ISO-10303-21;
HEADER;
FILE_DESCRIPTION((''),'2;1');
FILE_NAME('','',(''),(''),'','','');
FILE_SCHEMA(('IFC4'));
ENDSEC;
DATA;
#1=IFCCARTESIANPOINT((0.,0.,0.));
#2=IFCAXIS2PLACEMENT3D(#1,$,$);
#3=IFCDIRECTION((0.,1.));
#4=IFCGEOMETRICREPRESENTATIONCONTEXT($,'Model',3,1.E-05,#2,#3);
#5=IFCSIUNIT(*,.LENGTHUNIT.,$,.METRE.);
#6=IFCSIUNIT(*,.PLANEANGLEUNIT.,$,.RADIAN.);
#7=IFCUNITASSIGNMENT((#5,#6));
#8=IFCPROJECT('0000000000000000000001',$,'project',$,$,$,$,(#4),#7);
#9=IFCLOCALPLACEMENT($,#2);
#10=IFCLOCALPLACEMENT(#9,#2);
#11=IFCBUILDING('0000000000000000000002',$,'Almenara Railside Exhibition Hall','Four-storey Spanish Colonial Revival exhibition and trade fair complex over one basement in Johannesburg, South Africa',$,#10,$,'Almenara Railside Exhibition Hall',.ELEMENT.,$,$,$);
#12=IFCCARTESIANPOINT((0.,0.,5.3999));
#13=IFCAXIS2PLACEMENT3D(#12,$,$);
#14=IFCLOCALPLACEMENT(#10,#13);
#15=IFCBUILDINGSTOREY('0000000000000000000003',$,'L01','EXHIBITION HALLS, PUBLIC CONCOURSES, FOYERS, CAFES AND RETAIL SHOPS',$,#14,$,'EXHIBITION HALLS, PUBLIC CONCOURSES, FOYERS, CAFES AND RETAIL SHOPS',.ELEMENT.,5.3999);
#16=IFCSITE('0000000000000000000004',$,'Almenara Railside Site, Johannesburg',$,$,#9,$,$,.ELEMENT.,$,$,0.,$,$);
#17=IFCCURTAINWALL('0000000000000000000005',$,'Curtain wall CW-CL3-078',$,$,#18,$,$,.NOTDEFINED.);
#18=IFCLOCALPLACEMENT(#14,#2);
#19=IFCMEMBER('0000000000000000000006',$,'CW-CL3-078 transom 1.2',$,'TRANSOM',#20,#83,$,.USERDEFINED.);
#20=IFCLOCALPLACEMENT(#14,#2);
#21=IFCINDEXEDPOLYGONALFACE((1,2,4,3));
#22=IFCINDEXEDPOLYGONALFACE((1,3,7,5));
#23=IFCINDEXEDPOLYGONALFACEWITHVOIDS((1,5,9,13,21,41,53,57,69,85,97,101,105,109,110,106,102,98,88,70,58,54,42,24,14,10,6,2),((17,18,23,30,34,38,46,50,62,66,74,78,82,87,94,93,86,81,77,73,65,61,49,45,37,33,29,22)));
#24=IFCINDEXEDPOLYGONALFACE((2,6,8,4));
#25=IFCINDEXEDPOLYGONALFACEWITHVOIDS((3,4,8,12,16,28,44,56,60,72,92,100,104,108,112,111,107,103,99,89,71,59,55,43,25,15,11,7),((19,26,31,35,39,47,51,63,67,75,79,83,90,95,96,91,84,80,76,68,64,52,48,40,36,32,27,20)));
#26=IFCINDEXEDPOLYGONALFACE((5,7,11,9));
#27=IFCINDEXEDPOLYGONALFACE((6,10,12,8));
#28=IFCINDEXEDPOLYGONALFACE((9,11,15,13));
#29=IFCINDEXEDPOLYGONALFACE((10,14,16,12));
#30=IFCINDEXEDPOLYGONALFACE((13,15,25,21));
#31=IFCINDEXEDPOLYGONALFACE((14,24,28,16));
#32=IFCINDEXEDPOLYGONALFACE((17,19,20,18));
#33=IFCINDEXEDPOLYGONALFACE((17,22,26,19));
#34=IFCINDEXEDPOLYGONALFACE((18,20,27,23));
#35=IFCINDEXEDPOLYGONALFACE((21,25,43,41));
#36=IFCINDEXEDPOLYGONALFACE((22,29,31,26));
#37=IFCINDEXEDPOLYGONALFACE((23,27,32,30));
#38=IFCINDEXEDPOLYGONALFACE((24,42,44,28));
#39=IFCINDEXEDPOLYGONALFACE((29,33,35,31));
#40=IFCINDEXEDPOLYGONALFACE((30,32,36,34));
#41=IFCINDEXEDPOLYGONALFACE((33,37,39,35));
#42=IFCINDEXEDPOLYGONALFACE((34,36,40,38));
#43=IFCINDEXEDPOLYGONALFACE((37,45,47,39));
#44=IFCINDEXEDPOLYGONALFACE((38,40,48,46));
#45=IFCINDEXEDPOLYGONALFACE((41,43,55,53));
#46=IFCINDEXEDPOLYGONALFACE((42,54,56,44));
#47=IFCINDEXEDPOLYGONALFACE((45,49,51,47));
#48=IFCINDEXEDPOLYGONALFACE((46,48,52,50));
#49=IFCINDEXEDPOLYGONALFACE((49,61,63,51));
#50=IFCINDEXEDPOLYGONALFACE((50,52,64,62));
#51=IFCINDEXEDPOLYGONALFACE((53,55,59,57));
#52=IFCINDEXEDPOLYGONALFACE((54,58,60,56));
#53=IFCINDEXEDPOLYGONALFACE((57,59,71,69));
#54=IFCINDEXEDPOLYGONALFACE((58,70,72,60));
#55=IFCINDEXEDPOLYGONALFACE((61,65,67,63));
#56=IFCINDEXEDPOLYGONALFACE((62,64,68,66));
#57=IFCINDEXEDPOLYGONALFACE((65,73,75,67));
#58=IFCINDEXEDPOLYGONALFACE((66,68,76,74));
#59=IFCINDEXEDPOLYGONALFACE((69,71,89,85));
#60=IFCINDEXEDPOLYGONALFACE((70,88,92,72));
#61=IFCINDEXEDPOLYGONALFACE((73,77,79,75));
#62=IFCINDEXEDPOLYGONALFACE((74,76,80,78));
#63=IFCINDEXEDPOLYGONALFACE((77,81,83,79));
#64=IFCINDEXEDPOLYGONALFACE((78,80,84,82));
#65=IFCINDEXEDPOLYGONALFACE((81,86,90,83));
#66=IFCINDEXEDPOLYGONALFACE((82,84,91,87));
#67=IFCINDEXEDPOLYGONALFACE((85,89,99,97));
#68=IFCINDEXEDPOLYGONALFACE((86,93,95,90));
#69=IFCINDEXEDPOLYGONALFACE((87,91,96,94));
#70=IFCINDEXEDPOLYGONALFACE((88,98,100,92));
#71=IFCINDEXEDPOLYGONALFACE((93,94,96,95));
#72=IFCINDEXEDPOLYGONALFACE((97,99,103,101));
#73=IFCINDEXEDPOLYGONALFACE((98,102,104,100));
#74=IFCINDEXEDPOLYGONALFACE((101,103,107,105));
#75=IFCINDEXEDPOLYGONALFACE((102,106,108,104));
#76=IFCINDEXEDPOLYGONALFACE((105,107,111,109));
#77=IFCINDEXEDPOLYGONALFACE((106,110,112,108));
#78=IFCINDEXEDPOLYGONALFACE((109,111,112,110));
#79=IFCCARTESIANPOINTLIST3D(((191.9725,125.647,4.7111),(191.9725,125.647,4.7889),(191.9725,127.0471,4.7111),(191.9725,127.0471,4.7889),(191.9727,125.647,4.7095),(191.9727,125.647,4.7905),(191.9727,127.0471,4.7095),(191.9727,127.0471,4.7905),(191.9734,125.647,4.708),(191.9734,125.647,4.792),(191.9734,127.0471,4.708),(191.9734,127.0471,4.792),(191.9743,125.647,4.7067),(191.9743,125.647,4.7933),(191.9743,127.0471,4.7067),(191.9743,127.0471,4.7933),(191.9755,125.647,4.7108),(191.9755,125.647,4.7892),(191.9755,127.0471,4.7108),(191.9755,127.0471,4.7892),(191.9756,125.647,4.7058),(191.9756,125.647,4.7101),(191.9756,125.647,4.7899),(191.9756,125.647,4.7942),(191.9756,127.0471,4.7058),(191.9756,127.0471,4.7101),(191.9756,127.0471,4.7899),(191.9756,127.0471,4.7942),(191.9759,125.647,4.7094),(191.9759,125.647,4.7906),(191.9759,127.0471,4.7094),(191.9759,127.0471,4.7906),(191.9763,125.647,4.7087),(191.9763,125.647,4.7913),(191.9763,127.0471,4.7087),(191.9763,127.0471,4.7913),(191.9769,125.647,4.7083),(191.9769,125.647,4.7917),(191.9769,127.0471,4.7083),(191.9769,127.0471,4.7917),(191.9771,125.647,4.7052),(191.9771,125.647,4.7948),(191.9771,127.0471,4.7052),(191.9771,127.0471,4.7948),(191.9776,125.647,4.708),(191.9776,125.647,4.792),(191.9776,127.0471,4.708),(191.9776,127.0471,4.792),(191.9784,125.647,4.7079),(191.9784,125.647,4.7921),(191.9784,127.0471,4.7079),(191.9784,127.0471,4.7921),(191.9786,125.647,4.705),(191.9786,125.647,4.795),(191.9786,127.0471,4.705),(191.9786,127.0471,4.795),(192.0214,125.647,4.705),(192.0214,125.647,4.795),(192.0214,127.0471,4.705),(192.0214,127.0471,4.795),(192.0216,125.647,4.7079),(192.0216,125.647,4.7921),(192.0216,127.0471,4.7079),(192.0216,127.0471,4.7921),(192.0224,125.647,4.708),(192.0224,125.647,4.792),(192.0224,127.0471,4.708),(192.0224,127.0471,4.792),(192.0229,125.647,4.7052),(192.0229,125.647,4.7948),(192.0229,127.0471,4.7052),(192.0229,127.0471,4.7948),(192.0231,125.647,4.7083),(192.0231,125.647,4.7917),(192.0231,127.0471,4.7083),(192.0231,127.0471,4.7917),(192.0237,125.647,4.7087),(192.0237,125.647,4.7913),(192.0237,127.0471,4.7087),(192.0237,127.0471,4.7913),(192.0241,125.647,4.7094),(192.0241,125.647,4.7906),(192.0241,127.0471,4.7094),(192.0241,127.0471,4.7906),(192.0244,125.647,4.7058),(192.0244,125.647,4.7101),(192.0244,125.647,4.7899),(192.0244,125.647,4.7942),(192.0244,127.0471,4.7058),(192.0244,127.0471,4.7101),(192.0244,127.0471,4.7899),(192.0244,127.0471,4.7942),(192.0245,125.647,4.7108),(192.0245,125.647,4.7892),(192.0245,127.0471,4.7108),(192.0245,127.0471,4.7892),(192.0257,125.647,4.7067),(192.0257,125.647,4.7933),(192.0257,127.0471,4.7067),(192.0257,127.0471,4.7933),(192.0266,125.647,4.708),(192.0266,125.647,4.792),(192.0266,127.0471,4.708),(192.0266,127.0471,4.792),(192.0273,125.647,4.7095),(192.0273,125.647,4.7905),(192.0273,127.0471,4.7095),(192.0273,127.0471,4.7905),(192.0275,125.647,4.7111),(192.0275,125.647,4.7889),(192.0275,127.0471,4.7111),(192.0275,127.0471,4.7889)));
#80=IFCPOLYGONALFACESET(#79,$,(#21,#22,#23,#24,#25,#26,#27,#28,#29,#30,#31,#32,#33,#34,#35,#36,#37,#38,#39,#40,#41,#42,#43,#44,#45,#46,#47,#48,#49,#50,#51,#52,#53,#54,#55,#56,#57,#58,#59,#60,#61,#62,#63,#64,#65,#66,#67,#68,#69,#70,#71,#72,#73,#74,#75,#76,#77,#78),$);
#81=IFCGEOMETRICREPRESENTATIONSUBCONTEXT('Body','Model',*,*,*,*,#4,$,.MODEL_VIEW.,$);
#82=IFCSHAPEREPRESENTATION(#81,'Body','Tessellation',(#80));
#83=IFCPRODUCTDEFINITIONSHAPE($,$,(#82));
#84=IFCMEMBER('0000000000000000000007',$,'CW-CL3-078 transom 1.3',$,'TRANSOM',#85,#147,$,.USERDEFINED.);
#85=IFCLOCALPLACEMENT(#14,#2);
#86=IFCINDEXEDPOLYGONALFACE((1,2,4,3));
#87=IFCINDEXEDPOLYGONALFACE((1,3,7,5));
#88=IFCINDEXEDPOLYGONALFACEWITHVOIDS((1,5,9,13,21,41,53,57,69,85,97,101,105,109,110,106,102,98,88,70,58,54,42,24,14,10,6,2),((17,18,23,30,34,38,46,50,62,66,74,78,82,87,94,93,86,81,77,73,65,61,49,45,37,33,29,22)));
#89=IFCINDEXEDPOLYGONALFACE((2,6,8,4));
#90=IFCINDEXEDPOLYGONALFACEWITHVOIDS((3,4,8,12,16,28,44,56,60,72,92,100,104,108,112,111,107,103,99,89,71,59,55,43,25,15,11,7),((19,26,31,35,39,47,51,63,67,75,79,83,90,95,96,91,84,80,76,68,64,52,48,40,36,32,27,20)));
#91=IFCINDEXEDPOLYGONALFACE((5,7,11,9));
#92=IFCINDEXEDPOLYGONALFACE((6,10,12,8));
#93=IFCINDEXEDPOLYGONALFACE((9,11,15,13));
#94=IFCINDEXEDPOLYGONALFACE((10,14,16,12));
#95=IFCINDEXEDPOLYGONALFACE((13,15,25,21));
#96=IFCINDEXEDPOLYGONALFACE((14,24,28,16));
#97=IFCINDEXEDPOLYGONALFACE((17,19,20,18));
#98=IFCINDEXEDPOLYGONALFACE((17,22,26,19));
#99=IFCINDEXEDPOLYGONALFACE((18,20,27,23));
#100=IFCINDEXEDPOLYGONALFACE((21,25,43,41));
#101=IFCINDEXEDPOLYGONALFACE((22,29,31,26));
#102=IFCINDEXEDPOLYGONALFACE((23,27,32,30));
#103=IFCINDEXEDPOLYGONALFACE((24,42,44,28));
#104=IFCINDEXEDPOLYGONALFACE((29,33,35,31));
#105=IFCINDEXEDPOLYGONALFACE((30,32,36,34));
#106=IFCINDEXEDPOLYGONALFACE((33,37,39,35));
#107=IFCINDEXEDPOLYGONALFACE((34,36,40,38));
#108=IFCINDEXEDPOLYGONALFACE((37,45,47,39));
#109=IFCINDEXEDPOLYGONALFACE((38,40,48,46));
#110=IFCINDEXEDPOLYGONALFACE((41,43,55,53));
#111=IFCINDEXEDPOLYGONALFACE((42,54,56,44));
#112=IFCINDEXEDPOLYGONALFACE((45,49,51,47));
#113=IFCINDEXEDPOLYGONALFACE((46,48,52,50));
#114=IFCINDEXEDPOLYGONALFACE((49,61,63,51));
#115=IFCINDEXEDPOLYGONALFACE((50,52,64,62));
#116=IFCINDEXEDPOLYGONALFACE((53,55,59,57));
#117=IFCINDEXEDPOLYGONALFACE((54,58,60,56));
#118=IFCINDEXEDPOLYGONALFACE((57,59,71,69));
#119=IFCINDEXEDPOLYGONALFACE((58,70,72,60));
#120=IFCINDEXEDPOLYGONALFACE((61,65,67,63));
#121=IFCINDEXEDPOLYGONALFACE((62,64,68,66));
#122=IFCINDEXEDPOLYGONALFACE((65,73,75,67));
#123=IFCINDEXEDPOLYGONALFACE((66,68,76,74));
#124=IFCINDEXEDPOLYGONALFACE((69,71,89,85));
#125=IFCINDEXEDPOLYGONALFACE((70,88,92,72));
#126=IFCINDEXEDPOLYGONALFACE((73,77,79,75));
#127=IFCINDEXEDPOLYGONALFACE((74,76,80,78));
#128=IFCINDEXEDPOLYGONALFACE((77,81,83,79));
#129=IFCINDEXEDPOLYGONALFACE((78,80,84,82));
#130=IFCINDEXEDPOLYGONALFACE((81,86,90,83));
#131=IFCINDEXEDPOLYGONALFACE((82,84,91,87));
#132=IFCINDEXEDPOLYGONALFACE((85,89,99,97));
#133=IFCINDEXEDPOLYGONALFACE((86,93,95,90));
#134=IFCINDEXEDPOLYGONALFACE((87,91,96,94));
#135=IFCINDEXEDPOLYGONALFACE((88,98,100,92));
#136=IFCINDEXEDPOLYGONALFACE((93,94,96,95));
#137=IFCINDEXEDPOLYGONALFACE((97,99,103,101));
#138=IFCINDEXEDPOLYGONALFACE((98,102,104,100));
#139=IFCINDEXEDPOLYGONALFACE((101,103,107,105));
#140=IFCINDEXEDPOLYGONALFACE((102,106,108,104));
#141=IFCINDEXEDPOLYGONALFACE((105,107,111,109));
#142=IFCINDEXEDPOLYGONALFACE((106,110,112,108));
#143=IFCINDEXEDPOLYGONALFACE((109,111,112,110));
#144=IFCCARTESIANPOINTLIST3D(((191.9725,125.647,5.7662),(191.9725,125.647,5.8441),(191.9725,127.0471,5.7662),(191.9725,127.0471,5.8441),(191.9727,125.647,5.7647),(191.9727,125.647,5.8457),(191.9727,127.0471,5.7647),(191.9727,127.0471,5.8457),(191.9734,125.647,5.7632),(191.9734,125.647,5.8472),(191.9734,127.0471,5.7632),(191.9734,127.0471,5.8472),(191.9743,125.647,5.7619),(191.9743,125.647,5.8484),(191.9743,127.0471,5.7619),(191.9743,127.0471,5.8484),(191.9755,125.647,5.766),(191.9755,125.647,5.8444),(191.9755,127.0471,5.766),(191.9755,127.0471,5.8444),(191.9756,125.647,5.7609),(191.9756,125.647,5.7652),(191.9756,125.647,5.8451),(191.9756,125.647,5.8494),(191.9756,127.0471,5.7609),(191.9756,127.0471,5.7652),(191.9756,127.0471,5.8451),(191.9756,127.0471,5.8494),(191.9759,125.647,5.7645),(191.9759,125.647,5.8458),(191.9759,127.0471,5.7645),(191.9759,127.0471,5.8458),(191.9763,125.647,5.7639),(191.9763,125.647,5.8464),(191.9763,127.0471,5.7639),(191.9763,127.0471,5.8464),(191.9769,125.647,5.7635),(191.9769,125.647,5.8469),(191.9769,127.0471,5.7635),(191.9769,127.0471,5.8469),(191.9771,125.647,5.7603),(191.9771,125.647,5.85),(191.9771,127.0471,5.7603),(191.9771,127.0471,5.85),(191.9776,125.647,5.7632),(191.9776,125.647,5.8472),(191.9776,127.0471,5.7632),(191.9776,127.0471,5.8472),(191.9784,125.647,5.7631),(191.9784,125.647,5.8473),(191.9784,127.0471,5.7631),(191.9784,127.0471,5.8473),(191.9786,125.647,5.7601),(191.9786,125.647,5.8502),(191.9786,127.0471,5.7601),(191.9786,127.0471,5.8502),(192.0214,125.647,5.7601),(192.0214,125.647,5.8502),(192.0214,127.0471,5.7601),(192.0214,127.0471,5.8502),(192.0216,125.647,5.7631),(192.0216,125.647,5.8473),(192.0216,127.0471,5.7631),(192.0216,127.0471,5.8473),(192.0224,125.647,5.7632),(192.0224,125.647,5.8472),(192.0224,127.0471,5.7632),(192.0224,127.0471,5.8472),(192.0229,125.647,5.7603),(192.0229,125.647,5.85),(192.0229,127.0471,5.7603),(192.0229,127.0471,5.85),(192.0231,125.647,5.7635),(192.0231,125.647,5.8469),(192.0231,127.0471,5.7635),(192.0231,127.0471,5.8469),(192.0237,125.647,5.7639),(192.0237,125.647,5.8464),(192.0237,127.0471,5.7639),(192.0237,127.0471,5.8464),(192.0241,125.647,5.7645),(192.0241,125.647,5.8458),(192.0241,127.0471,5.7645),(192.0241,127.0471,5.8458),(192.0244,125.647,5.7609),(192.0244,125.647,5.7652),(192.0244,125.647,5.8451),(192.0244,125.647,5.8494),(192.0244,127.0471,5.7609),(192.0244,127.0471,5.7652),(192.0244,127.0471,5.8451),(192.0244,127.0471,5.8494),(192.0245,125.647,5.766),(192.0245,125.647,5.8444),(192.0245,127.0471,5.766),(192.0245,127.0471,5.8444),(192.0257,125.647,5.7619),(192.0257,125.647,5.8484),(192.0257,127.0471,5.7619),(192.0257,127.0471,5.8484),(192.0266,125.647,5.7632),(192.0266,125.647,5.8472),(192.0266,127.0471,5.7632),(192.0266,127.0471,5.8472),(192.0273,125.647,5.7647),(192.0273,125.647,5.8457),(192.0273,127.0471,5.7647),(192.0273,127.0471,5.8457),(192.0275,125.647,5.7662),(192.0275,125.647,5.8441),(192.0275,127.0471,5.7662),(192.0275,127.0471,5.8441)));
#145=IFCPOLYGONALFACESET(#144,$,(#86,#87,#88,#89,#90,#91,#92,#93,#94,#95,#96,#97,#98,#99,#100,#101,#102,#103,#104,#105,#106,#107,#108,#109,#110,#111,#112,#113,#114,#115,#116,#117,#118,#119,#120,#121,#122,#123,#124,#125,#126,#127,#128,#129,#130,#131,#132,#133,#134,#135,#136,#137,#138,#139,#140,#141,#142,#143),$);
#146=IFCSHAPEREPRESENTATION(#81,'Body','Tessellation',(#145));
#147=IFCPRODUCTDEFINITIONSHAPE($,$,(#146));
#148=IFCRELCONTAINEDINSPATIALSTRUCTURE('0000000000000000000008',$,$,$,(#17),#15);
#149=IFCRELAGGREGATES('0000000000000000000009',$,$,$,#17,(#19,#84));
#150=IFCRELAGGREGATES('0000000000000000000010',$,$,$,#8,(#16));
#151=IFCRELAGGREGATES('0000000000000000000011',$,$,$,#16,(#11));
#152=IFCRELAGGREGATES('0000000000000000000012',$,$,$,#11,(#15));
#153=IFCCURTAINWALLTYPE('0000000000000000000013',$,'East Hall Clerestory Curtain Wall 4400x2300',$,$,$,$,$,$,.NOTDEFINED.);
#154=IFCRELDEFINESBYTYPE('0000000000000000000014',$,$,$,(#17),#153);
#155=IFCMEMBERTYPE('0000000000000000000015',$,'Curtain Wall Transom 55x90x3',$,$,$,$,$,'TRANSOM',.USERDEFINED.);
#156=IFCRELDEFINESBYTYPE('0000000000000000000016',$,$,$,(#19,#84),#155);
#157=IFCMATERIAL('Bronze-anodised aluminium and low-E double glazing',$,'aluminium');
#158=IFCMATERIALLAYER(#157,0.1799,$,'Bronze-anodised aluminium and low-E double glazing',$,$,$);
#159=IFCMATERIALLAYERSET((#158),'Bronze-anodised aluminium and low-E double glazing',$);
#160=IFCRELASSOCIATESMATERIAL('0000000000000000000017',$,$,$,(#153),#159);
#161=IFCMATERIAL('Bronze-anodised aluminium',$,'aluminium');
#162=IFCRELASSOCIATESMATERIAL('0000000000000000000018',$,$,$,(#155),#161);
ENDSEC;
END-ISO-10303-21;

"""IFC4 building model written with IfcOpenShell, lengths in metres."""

from ifc_helpers import new_model, si_unit, direction, frame, origin, origin_2d, place, context, subcontext, project, spatial, hollow_rectangle, extrude, material, layer, layer_set, material_profile, profile_set, type_object, element, aggregate, save


model = new_model("IFC4")

# Units and contexts
model_context = context("Model", 3, precision=1e-05, world=origin(), true_north=direction((0.0, 1.0)))
body_context = subcontext(model_context, "Body", "Model", "MODEL_VIEW")
ifc_project = project(units=[si_unit("LENGTHUNIT", "METRE"), si_unit("PLANEANGLEUNIT", "RADIAN")], contexts=[model_context])

# Site, building, storey
site_placement = place(None, origin())
site = spatial("IfcSite", under=ifc_project, at=site_placement, Name="Almenara Railside Site, Johannesburg", CompositionType="ELEMENT", RefElevation=0.0)
building_placement = place(site_placement, origin())
building = spatial("IfcBuilding", under=site, at=building_placement, Name="Almenara Railside Exhibition Hall", Description="Four-storey Spanish Colonial Revival exhibition and trade fair complex over one basement in Johannesburg, South Africa", LongName="Almenara Railside Exhibition Hall", CompositionType="ELEMENT")
storey_placement = place(building_placement, frame((0.0, 0.0, 5.3999)))
storey = spatial("IfcBuildingStorey", under=building, at=storey_placement, Name="L01", Description="EXHIBITION HALLS, PUBLIC CONCOURSES, FOYERS, CAFES AND RETAIL SHOPS", LongName="EXHIBITION HALLS, PUBLIC CONCOURSES, FOYERS, CAFES AND RETAIL SHOPS", CompositionType="ELEMENT", Elevation=5.3999)

# Curtain wall
ifc_material_1 = material(Name="Bronze-anodised aluminium and low-E double glazing", Category="aluminium")
ifc_layer_1 = layer(ifc_material_1, 0.1799, Name="Bronze-anodised aluminium and low-E double glazing")
ifc_layer_set_1 = layer_set([ifc_layer_1], Name="Bronze-anodised aluminium and low-E double glazing")
curtain_wall_type = type_object("IfcCurtainWallType", Name="East Hall Clerestory Curtain Wall 4400x2300", PredefinedType="NOTDEFINED", material=ifc_layer_set_1)
curtain_wall_1_placement = place(storey_placement, origin())
curtain_wall_1 = element("IfcCurtainWall", 1, at=curtain_wall_1_placement, inside=storey, type_object=curtain_wall_type, Name="Curtain wall CW-CL3-078", PredefinedType="NOTDEFINED")
ifc_material_2 = material(Name="Bronze-anodised aluminium", Category="aluminium")

# Members
ifc_material_profile_1 = material_profile(ifc_material_2, hollow_rectangle(XDim=0.0549, YDim=0.0901, WallThickness=0.0029, InnerFilletRadius=0.0029, OuterFilletRadius=0.0061, at=origin_2d()), Name="ALU-TRN 55x90x3")
ifc_profile_set_1 = profile_set([ifc_material_profile_1], Name="Bronze-anodised aluminium")
member_type_1 = type_object("IfcMemberType", Name="Curtain Wall Transom 55x90x3", ElementType="TRANSOM", PredefinedType="USERDEFINED", material=ifc_profile_set_1)
member_1_placement = place(storey_placement, frame((192.0, 125.647, 4.75), z_axis=(0.0, 1.0, 0.0), x_axis=(-1.0, 0.0, 0.0)))
member_1 = element("IfcMember", 2, at=member_1_placement, type_object=member_type_1, Name="CW-CL3-078 transom 1.2", ObjectType="TRANSOM", PredefinedType="USERDEFINED", context=body_context, shape_type="SweptSolid", body=[
    extrude(hollow_rectangle(XDim=0.0549, YDim=0.0901, WallThickness=0.0029, InnerFilletRadius=0.0029, OuterFilletRadius=0.0061, at=origin_2d()), origin(), (0.0, 0.0, 1.0), 1.4001),
])
member_2_placement = place(storey_placement, frame((192.0, 125.647, 5.8052), z_axis=(0.0, 1.0, 0.0), x_axis=(-1.0, 0.0, 0.0)))
member_2 = element("IfcMember", 3, at=member_2_placement, type_object=member_type_1, Name="CW-CL3-078 transom 1.3", ObjectType="TRANSOM", PredefinedType="USERDEFINED", context=body_context, shape_type="SweptSolid", body=[
    extrude(hollow_rectangle(XDim=0.0549, YDim=0.0901, WallThickness=0.0029, InnerFilletRadius=0.0029, OuterFilletRadius=0.0061, at=origin_2d()), origin(), (0.0, 0.0, 1.0), 1.4001),
])

aggregate(curtain_wall_1, [member_1, member_2])

save(model, "model.ifc")
